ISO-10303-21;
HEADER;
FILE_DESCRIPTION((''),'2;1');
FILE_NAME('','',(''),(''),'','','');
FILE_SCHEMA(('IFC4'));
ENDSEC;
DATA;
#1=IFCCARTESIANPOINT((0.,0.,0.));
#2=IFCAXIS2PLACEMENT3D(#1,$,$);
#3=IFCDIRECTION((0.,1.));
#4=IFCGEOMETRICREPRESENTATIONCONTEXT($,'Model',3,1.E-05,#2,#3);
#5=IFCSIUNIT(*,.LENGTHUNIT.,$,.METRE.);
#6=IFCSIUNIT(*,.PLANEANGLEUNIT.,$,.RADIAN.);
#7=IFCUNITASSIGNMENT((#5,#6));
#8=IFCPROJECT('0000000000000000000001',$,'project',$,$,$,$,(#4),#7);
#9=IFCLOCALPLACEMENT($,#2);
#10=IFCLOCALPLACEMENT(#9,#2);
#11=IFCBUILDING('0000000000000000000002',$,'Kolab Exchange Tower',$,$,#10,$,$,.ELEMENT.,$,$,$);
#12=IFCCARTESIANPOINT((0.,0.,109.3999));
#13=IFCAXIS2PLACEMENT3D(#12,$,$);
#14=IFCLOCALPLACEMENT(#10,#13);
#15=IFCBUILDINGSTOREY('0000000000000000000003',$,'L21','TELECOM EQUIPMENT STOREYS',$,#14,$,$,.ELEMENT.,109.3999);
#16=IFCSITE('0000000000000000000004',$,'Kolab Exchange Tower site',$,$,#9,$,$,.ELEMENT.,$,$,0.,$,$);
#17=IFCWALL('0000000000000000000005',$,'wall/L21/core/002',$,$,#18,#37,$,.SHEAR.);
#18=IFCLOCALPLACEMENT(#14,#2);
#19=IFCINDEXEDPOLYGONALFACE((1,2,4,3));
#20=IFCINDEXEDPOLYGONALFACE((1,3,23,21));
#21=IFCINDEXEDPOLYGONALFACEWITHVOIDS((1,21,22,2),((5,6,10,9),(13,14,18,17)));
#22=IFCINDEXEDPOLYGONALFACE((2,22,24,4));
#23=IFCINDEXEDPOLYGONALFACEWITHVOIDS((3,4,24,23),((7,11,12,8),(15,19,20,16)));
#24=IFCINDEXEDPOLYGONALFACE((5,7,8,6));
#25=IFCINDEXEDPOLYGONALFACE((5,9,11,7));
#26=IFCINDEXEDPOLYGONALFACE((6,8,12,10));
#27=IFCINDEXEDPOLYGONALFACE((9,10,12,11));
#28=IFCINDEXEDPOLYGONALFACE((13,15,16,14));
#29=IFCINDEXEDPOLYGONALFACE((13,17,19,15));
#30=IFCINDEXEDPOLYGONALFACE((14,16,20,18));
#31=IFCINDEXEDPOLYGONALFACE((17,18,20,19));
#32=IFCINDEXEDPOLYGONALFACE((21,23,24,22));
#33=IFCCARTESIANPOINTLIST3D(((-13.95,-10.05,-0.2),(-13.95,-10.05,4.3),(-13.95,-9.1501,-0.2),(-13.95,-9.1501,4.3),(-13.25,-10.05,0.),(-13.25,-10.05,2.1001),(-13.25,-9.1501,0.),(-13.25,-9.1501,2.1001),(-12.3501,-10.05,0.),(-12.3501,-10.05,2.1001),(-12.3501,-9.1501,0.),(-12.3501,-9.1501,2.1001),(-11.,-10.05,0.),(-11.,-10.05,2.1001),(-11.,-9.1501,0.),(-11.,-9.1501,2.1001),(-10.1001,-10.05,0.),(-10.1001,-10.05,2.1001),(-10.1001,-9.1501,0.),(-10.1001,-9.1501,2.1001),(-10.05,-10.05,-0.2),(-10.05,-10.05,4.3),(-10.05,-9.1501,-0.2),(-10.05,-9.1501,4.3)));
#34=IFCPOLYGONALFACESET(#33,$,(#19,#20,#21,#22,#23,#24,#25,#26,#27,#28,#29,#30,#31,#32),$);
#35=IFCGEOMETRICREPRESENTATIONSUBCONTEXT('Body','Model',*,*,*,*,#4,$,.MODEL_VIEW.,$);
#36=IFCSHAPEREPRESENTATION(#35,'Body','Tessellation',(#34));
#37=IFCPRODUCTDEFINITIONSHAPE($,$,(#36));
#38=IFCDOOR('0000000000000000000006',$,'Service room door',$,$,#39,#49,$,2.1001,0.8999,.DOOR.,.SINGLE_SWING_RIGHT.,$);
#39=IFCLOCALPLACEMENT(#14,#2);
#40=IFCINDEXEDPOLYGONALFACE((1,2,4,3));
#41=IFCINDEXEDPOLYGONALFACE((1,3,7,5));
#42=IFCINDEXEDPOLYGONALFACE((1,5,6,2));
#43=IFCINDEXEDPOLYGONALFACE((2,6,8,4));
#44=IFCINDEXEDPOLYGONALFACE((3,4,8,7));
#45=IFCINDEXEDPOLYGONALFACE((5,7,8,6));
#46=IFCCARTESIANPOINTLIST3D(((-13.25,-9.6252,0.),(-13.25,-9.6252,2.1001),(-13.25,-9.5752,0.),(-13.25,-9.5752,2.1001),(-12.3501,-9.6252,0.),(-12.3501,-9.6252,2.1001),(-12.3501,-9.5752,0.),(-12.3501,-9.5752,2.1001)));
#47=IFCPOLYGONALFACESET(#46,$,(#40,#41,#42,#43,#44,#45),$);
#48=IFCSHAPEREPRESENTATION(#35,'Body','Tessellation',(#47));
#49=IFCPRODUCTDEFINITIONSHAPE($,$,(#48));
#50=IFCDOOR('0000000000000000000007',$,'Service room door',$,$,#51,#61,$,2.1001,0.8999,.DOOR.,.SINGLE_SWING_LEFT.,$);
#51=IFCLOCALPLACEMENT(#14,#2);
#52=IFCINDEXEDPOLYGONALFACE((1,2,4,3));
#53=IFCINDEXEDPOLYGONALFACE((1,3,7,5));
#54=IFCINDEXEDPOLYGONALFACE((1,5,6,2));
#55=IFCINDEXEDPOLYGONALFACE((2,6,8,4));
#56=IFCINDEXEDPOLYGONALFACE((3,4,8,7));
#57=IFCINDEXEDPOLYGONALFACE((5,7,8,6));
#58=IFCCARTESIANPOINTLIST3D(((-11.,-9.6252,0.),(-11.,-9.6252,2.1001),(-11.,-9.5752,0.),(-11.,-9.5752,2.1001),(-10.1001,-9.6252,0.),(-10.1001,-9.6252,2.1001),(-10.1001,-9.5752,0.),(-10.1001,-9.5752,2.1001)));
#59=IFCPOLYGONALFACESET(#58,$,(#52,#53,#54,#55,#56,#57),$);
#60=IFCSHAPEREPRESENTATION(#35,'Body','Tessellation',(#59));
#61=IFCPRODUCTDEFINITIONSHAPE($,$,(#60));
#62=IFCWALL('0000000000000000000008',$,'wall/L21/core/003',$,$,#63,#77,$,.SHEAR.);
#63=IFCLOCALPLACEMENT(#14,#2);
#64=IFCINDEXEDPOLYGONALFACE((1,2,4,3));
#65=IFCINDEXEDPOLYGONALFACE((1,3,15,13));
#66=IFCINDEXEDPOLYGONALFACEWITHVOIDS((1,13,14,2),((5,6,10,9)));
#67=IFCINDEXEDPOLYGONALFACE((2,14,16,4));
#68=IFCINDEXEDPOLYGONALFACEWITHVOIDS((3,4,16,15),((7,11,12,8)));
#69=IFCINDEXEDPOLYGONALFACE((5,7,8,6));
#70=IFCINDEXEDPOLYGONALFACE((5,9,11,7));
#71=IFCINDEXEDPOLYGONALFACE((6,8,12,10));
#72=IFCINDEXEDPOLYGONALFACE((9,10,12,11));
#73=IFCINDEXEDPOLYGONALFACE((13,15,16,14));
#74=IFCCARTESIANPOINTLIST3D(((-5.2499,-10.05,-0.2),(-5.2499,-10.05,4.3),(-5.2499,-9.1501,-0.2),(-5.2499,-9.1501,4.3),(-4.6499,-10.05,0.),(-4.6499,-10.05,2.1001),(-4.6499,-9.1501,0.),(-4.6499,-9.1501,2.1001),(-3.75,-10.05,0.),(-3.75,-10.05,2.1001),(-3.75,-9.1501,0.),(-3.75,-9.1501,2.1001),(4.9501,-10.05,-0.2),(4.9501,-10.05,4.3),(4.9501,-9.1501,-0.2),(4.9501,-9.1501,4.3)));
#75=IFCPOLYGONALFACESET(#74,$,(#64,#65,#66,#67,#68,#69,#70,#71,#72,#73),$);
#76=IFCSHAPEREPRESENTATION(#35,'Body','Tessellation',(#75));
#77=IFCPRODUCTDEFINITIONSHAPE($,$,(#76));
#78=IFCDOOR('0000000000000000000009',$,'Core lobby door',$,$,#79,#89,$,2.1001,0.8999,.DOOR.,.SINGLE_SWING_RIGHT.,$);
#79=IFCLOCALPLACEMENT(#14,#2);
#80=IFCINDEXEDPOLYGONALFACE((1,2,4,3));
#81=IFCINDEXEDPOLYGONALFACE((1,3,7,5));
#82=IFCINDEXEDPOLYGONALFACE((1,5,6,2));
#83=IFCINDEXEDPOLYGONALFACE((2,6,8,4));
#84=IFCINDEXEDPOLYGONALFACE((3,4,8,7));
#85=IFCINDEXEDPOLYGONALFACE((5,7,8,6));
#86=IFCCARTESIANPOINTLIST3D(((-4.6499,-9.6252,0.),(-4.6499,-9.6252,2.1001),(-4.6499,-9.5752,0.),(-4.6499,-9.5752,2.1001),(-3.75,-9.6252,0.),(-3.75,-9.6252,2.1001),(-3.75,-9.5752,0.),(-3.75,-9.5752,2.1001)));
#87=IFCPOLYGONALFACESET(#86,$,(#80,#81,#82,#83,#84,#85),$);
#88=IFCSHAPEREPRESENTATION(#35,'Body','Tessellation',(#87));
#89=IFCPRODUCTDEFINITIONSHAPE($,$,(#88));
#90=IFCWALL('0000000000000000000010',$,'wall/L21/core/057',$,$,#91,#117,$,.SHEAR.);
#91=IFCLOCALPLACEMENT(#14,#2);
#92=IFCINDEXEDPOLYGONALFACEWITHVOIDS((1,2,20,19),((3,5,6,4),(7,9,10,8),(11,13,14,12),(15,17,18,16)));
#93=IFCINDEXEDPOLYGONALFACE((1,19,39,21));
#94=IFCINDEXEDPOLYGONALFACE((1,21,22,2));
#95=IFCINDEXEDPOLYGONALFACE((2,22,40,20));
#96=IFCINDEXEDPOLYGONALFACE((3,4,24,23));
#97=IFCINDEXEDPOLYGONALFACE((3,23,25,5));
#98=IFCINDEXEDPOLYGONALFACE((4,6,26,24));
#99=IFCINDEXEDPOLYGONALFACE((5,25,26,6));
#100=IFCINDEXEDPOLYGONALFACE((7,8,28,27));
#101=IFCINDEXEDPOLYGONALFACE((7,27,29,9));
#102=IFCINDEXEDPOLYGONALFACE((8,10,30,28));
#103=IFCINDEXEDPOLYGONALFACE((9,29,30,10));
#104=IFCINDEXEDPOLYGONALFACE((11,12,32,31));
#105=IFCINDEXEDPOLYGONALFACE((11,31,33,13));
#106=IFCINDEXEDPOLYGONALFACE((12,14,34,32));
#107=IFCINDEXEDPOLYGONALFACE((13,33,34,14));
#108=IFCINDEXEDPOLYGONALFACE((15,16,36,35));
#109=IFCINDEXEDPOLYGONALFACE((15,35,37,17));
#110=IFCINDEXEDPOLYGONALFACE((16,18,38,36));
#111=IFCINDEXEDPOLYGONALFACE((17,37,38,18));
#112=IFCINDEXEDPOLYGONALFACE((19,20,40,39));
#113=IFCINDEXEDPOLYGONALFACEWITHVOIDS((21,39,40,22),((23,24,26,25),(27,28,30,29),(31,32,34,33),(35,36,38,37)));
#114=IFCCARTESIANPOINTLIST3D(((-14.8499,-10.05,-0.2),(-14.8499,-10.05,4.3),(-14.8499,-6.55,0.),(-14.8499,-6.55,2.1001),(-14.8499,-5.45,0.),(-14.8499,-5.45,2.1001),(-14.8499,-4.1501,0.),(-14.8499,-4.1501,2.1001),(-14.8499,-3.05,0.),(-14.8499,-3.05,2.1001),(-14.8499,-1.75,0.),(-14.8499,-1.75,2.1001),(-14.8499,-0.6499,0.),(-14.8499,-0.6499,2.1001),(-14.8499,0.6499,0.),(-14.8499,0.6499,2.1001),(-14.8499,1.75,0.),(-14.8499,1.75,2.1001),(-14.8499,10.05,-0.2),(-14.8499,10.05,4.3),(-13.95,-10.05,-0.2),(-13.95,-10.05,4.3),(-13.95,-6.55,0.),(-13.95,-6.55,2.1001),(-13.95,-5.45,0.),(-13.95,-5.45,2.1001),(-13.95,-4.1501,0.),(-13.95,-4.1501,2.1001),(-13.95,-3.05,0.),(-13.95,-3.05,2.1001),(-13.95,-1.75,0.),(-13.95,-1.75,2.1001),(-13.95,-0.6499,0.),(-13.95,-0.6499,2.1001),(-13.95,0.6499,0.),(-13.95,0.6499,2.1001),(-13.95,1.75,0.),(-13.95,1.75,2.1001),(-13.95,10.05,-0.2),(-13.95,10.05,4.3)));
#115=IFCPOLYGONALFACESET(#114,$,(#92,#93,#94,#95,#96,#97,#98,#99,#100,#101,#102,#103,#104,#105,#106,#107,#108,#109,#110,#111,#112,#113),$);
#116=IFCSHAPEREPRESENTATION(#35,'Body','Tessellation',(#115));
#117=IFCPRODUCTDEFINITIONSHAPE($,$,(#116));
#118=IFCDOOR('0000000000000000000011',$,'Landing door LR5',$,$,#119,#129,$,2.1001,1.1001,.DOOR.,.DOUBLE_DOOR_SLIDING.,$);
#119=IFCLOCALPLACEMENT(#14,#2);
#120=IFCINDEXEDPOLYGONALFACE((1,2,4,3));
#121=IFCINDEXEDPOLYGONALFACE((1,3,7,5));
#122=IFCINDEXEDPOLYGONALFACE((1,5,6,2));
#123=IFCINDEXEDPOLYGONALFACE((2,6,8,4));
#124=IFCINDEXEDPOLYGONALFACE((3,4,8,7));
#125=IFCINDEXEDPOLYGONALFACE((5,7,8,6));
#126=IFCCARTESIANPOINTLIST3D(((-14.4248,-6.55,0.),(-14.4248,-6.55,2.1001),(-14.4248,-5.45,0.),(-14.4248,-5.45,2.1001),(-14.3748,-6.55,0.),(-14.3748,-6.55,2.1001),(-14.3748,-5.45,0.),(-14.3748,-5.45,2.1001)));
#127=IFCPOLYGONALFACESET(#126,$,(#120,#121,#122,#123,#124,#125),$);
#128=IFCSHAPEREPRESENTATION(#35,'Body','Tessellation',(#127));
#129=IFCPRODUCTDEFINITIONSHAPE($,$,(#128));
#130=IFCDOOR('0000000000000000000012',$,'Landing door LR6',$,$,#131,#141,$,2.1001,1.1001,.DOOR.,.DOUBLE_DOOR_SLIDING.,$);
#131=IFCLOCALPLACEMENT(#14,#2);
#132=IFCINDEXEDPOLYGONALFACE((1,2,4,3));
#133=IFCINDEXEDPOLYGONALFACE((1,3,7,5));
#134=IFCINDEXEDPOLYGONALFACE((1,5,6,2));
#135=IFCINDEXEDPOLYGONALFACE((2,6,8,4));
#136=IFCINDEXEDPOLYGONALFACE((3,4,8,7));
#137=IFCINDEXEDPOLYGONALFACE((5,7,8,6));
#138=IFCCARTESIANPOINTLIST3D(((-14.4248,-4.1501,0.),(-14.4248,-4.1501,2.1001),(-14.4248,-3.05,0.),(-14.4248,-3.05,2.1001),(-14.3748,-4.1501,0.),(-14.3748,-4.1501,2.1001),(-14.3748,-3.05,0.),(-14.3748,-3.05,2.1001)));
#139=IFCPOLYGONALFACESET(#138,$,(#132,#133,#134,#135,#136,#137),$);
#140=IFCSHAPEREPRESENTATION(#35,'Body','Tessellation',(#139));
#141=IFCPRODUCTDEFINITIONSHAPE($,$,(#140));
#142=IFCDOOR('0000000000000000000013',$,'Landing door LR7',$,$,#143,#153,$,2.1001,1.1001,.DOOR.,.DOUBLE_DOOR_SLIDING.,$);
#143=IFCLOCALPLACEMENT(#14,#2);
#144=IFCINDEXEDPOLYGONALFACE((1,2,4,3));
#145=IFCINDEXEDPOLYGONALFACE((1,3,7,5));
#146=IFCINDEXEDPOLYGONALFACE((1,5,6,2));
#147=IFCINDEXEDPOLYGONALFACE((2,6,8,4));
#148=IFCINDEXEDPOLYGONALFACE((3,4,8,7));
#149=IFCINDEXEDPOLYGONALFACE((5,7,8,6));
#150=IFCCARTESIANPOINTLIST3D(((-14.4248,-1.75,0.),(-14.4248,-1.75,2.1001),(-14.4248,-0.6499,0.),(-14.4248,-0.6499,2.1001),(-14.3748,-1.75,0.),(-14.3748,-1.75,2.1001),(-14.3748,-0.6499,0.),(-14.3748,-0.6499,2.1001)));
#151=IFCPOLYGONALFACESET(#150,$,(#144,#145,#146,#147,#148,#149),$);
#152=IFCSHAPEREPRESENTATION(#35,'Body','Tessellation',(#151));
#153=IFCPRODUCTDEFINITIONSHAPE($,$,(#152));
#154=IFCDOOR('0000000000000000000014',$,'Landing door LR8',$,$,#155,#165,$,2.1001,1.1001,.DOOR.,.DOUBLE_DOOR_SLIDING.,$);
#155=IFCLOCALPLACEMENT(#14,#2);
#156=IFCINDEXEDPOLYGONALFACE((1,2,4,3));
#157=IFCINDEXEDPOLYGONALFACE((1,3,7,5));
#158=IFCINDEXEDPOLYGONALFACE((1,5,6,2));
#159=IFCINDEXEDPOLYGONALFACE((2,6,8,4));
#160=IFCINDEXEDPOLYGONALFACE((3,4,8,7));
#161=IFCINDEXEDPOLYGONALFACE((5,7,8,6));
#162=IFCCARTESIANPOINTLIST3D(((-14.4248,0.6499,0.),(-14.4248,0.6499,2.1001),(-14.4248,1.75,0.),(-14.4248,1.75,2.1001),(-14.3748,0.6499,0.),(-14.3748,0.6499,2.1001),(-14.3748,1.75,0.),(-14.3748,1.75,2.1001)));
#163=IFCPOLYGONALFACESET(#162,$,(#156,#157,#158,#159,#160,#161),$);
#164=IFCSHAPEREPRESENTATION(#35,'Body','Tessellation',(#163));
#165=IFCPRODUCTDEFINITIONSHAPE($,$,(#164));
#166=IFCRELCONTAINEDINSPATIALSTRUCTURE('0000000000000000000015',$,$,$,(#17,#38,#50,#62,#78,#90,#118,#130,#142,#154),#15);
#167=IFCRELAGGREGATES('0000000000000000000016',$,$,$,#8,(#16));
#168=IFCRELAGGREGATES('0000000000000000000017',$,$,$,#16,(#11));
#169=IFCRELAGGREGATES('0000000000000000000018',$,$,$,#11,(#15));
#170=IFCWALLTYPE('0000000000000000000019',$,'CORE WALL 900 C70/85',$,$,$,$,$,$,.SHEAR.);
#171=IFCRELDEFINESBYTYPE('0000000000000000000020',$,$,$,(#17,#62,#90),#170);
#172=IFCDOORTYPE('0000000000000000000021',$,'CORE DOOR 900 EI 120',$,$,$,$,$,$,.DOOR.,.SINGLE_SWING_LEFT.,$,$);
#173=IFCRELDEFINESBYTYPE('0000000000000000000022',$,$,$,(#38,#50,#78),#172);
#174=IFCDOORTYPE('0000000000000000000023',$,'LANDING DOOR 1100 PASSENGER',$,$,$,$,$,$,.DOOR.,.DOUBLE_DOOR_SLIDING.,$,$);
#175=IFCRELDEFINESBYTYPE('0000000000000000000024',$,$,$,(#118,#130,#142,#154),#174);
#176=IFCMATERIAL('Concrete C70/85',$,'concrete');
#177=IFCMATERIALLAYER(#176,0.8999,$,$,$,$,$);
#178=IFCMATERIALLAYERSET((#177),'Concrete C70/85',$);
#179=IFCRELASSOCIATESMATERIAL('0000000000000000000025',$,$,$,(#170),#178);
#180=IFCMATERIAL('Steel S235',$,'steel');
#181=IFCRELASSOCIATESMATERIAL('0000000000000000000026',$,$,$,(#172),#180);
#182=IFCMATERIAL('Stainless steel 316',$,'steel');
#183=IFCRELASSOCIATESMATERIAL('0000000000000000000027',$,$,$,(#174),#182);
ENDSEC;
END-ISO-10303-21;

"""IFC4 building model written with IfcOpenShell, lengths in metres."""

from ifc_helpers import new_model, si_unit, direction, frame, frame_2d, origin, place, context, subcontext, project, spatial, rectangle, extrude, material, layer, layer_set, type_object, element, fill, save


model = new_model("IFC4")

# Units and contexts
model_context = context("Model", 3, precision=1e-05, world=origin(), true_north=direction((0.0, 1.0)))
body_context = subcontext(model_context, "Body", "Model", "MODEL_VIEW")
ifc_project = project(units=[si_unit("LENGTHUNIT", "METRE"), si_unit("PLANEANGLEUNIT", "RADIAN")], contexts=[model_context])

# Site, building, storey
site_placement = place(None, origin())
site = spatial("IfcSite", under=ifc_project, at=site_placement, Name="Kolab Exchange Tower site", CompositionType="ELEMENT", RefElevation=0.0)
building_placement = place(site_placement, origin())
building = spatial("IfcBuilding", under=site, at=building_placement, Name="Kolab Exchange Tower", CompositionType="ELEMENT")
storey_placement = place(building_placement, frame((0.0, 0.0, 109.3999)))
storey = spatial("IfcBuildingStorey", under=building, at=storey_placement, Name="L21", Description="TELECOM EQUIPMENT STOREYS", CompositionType="ELEMENT", Elevation=109.3999)

# Shared definitions
ifc_material_1 = material(Name="Concrete C70/85", Category="concrete")

# Wall, openings, doors
ifc_layer_1 = layer(ifc_material_1, 0.8999)
ifc_layer_set_1 = layer_set([ifc_layer_1], Name="Concrete C70/85")
wall_type_1 = type_object("IfcWallType", Name="CORE WALL 900 C70/85", PredefinedType="SHEAR", material=ifc_layer_set_1)
wall_1_placement = place(storey_placement, frame((-13.95, -9.6001, -0.2), z_axis=(0.0, 0.0, 1.0), x_axis=(1.0, 0.0, 0.0)))
wall_1 = element("IfcWall", 1, at=wall_1_placement, inside=storey, type_object=wall_type_1, Name="wall/L21/core/002", PredefinedType="SHEAR", context=body_context, shape_type="SweptSolid", body=[
    extrude(rectangle(XDim=3.8999, YDim=0.8999, at=frame_2d((1.95, 0.0))), origin(), (0.0, 0.0, 1.0), 4.5),
])
opening_1_placement = place(wall_1_placement, frame((0.7, 0.0, 0.2)))
opening_1 = element("IfcOpeningElement", 2, at=opening_1_placement, cuts=wall_1, PredefinedType="OPENING", context=body_context, shape_type="SweptSolid", body=[
    extrude(rectangle(XDim=0.8999, YDim=2.1001, at=frame_2d((0.45, 1.05))), frame((0.0, 0.46, 0.0), z_axis=(0.0, -1.0, 0.0), x_axis=(1.0, 0.0, 0.0)), (0.0, 0.0, 1.0), 0.9199),
])
opening_2_placement = place(wall_1_placement, frame((2.95, 0.0, 0.2)))
opening_2 = element("IfcOpeningElement", 3, at=opening_2_placement, cuts=wall_1, PredefinedType="OPENING", context=body_context, shape_type="SweptSolid", body=[
    extrude(rectangle(XDim=0.8999, YDim=2.1001, at=frame_2d((0.45, 1.05))), frame((0.0, 0.46, 0.0), z_axis=(0.0, -1.0, 0.0), x_axis=(1.0, 0.0, 0.0)), (0.0, 0.0, 1.0), 0.9199),
])
ifc_material_2 = material(Name="Steel S235", Category="steel")
door_type_1 = type_object("IfcDoorType", Name="CORE DOOR 900 EI 120", OperationType="SINGLE_SWING_LEFT", PredefinedType="DOOR", material=ifc_material_2)
door_1_placement = place(opening_1_placement, origin())
door_1 = element("IfcDoor", 4, at=door_1_placement, inside=storey, type_object=door_type_1, Name="Service room door", OperationType="SINGLE_SWING_RIGHT", OverallHeight=2.1001, OverallWidth=0.8999, PredefinedType="DOOR", context=body_context, shape_type="SweptSolid", body=[
    extrude(rectangle(XDim=0.8999, YDim=2.1001, at=frame_2d((0.45, 1.05))), frame((0.0, 0.0249, 0.0), z_axis=(0.0, -1.0, 0.0), x_axis=(1.0, 0.0, 0.0)), (0.0, 0.0, 1.0), 0.05),
])
fill(opening_1, door_1)
door_2_placement = place(opening_2_placement, origin())
door_2 = element("IfcDoor", 5, at=door_2_placement, inside=storey, type_object=door_type_1, Name="Service room door", OperationType="SINGLE_SWING_LEFT", OverallHeight=2.1001, OverallWidth=0.8999, PredefinedType="DOOR", context=body_context, shape_type="SweptSolid", body=[
    extrude(rectangle(XDim=0.8999, YDim=2.1001, at=frame_2d((0.45, 1.05))), frame((0.0, 0.0249, 0.0), z_axis=(0.0, -1.0, 0.0), x_axis=(1.0, 0.0, 0.0)), (0.0, 0.0, 1.0), 0.05),
])
fill(opening_2, door_2)

# Wall, opening, door
wall_2_placement = place(storey_placement, frame((-5.25, -9.6001, -0.2), z_axis=(0.0, 0.0, 1.0), x_axis=(1.0, 0.0, 0.0)))
wall_2 = element("IfcWall", 6, at=wall_2_placement, inside=storey, type_object=wall_type_1, Name="wall/L21/core/003", PredefinedType="SHEAR", context=body_context, shape_type="SweptSolid", body=[
    extrude(rectangle(XDim=10.2, YDim=0.8999, at=frame_2d((5.1001, 0.0))), origin(), (0.0, 0.0, 1.0), 4.5),
])
opening_3_placement = place(wall_2_placement, frame((0.6001, 0.0, 0.2)))
opening_3 = element("IfcOpeningElement", 7, at=opening_3_placement, cuts=wall_2, PredefinedType="OPENING", context=body_context, shape_type="SweptSolid", body=[
    extrude(rectangle(XDim=0.8999, YDim=2.1001, at=frame_2d((0.45, 1.05))), frame((0.0, 0.46, 0.0), z_axis=(0.0, -1.0, 0.0), x_axis=(1.0, 0.0, 0.0)), (0.0, 0.0, 1.0), 0.9199),
])
door_3_placement = place(opening_3_placement, origin())
door_3 = element("IfcDoor", 8, at=door_3_placement, inside=storey, type_object=door_type_1, Name="Core lobby door", OperationType="SINGLE_SWING_RIGHT", OverallHeight=2.1001, OverallWidth=0.8999, PredefinedType="DOOR", context=body_context, shape_type="SweptSolid", body=[
    extrude(rectangle(XDim=0.8999, YDim=2.1001, at=frame_2d((0.45, 1.05))), frame((0.0, 0.0249, 0.0), z_axis=(0.0, -1.0, 0.0), x_axis=(1.0, 0.0, 0.0)), (0.0, 0.0, 1.0), 0.05),
])
fill(opening_3, door_3)

# Wall, openings, doors
wall_3_placement = place(storey_placement, frame((-14.3999, -10.05, -0.2), z_axis=(0.0, 0.0, 1.0), x_axis=(0.0, 1.0, 0.0)))
wall_3 = element("IfcWall", 9, at=wall_3_placement, inside=storey, type_object=wall_type_1, Name="wall/L21/core/057", PredefinedType="SHEAR", context=body_context, shape_type="SweptSolid", body=[
    extrude(rectangle(XDim=20.1001, YDim=0.8999, at=frame_2d((10.05, 0.0))), origin(), (0.0, 0.0, 1.0), 4.5),
])
opening_4_placement = place(wall_3_placement, frame((3.5, 0.0, 0.2)))
opening_4 = element("IfcOpeningElement", 10, at=opening_4_placement, cuts=wall_3, PredefinedType="OPENING", context=body_context, shape_type="SweptSolid", body=[
    extrude(rectangle(XDim=1.1001, YDim=2.1001, at=frame_2d((0.55, 1.05))), frame((0.0, 0.46, 0.0), z_axis=(0.0, -1.0, 0.0), x_axis=(1.0, 0.0, 0.0)), (0.0, 0.0, 1.0), 0.9199),
])
opening_5_placement = place(wall_3_placement, frame((5.8999, 0.0, 0.2)))
opening_5 = element("IfcOpeningElement", 11, at=opening_5_placement, cuts=wall_3, PredefinedType="OPENING", context=body_context, shape_type="SweptSolid", body=[
    extrude(rectangle(XDim=1.1001, YDim=2.1001, at=frame_2d((0.55, 1.05))), frame((0.0, 0.46, 0.0), z_axis=(0.0, -1.0, 0.0), x_axis=(1.0, 0.0, 0.0)), (0.0, 0.0, 1.0), 0.9199),
])
opening_6_placement = place(wall_3_placement, frame((8.3, 0.0, 0.2)))
opening_6 = element("IfcOpeningElement", 12, at=opening_6_placement, cuts=wall_3, PredefinedType="OPENING", context=body_context, shape_type="SweptSolid", body=[
    extrude(rectangle(XDim=1.1001, YDim=2.1001, at=frame_2d((0.55, 1.05))), frame((0.0, 0.46, 0.0), z_axis=(0.0, -1.0, 0.0), x_axis=(1.0, 0.0, 0.0)), (0.0, 0.0, 1.0), 0.9199),
])
opening_7_placement = place(wall_3_placement, frame((10.7, 0.0, 0.2)))
opening_7 = element("IfcOpeningElement", 13, at=opening_7_placement, cuts=wall_3, PredefinedType="OPENING", context=body_context, shape_type="SweptSolid", body=[
    extrude(rectangle(XDim=1.1001, YDim=2.1001, at=frame_2d((0.55, 1.05))), frame((0.0, 0.46, 0.0), z_axis=(0.0, -1.0, 0.0), x_axis=(1.0, 0.0, 0.0)), (0.0, 0.0, 1.0), 0.9199),
])
ifc_material_3 = material(Name="Stainless steel 316", Category="steel")
door_type_2 = type_object("IfcDoorType", Name="LANDING DOOR 1100 PASSENGER", OperationType="DOUBLE_DOOR_SLIDING", PredefinedType="DOOR", material=ifc_material_3)
door_4_placement = place(opening_4_placement, origin())
door_4 = element("IfcDoor", 14, at=door_4_placement, inside=storey, type_object=door_type_2, Name="Landing door LR5", OperationType="DOUBLE_DOOR_SLIDING", OverallHeight=2.1001, OverallWidth=1.1001, PredefinedType="DOOR", context=body_context, shape_type="SweptSolid", body=[
    extrude(rectangle(XDim=1.1001, YDim=2.1001, at=frame_2d((0.55, 1.05))), frame((0.0, 0.0249, 0.0), z_axis=(0.0, -1.0, 0.0), x_axis=(1.0, 0.0, 0.0)), (0.0, 0.0, 1.0), 0.05),
])
fill(opening_4, door_4)
door_5_placement = place(opening_5_placement, origin())
door_5 = element("IfcDoor", 15, at=door_5_placement, inside=storey, type_object=door_type_2, Name="Landing door LR6", OperationType="DOUBLE_DOOR_SLIDING", OverallHeight=2.1001, OverallWidth=1.1001, PredefinedType="DOOR", context=body_context, shape_type="SweptSolid", body=[
    extrude(rectangle(XDim=1.1001, YDim=2.1001, at=frame_2d((0.55, 1.05))), frame((0.0, 0.0249, 0.0), z_axis=(0.0, -1.0, 0.0), x_axis=(1.0, 0.0, 0.0)), (0.0, 0.0, 1.0), 0.05),
])
fill(opening_5, door_5)
door_6_placement = place(opening_6_placement, origin())
door_6 = element("IfcDoor", 16, at=door_6_placement, inside=storey, type_object=door_type_2, Name="Landing door LR7", OperationType="DOUBLE_DOOR_SLIDING", OverallHeight=2.1001, OverallWidth=1.1001, PredefinedType="DOOR", context=body_context, shape_type="SweptSolid", body=[
    extrude(rectangle(XDim=1.1001, YDim=2.1001, at=frame_2d((0.55, 1.05))), frame((0.0, 0.0249, 0.0), z_axis=(0.0, -1.0, 0.0), x_axis=(1.0, 0.0, 0.0)), (0.0, 0.0, 1.0), 0.05),
])
fill(opening_6, door_6)
door_7_placement = place(opening_7_placement, origin())
door_7 = element("IfcDoor", 17, at=door_7_placement, inside=storey, type_object=door_type_2, Name="Landing door LR8", OperationType="DOUBLE_DOOR_SLIDING", OverallHeight=2.1001, OverallWidth=1.1001, PredefinedType="DOOR", context=body_context, shape_type="SweptSolid", body=[
    extrude(rectangle(XDim=1.1001, YDim=2.1001, at=frame_2d((0.55, 1.05))), frame((0.0, 0.0249, 0.0), z_axis=(0.0, -1.0, 0.0), x_axis=(1.0, 0.0, 0.0)), (0.0, 0.0, 1.0), 0.05),
])
fill(opening_7, door_7)

save(model, "model.ifc")
